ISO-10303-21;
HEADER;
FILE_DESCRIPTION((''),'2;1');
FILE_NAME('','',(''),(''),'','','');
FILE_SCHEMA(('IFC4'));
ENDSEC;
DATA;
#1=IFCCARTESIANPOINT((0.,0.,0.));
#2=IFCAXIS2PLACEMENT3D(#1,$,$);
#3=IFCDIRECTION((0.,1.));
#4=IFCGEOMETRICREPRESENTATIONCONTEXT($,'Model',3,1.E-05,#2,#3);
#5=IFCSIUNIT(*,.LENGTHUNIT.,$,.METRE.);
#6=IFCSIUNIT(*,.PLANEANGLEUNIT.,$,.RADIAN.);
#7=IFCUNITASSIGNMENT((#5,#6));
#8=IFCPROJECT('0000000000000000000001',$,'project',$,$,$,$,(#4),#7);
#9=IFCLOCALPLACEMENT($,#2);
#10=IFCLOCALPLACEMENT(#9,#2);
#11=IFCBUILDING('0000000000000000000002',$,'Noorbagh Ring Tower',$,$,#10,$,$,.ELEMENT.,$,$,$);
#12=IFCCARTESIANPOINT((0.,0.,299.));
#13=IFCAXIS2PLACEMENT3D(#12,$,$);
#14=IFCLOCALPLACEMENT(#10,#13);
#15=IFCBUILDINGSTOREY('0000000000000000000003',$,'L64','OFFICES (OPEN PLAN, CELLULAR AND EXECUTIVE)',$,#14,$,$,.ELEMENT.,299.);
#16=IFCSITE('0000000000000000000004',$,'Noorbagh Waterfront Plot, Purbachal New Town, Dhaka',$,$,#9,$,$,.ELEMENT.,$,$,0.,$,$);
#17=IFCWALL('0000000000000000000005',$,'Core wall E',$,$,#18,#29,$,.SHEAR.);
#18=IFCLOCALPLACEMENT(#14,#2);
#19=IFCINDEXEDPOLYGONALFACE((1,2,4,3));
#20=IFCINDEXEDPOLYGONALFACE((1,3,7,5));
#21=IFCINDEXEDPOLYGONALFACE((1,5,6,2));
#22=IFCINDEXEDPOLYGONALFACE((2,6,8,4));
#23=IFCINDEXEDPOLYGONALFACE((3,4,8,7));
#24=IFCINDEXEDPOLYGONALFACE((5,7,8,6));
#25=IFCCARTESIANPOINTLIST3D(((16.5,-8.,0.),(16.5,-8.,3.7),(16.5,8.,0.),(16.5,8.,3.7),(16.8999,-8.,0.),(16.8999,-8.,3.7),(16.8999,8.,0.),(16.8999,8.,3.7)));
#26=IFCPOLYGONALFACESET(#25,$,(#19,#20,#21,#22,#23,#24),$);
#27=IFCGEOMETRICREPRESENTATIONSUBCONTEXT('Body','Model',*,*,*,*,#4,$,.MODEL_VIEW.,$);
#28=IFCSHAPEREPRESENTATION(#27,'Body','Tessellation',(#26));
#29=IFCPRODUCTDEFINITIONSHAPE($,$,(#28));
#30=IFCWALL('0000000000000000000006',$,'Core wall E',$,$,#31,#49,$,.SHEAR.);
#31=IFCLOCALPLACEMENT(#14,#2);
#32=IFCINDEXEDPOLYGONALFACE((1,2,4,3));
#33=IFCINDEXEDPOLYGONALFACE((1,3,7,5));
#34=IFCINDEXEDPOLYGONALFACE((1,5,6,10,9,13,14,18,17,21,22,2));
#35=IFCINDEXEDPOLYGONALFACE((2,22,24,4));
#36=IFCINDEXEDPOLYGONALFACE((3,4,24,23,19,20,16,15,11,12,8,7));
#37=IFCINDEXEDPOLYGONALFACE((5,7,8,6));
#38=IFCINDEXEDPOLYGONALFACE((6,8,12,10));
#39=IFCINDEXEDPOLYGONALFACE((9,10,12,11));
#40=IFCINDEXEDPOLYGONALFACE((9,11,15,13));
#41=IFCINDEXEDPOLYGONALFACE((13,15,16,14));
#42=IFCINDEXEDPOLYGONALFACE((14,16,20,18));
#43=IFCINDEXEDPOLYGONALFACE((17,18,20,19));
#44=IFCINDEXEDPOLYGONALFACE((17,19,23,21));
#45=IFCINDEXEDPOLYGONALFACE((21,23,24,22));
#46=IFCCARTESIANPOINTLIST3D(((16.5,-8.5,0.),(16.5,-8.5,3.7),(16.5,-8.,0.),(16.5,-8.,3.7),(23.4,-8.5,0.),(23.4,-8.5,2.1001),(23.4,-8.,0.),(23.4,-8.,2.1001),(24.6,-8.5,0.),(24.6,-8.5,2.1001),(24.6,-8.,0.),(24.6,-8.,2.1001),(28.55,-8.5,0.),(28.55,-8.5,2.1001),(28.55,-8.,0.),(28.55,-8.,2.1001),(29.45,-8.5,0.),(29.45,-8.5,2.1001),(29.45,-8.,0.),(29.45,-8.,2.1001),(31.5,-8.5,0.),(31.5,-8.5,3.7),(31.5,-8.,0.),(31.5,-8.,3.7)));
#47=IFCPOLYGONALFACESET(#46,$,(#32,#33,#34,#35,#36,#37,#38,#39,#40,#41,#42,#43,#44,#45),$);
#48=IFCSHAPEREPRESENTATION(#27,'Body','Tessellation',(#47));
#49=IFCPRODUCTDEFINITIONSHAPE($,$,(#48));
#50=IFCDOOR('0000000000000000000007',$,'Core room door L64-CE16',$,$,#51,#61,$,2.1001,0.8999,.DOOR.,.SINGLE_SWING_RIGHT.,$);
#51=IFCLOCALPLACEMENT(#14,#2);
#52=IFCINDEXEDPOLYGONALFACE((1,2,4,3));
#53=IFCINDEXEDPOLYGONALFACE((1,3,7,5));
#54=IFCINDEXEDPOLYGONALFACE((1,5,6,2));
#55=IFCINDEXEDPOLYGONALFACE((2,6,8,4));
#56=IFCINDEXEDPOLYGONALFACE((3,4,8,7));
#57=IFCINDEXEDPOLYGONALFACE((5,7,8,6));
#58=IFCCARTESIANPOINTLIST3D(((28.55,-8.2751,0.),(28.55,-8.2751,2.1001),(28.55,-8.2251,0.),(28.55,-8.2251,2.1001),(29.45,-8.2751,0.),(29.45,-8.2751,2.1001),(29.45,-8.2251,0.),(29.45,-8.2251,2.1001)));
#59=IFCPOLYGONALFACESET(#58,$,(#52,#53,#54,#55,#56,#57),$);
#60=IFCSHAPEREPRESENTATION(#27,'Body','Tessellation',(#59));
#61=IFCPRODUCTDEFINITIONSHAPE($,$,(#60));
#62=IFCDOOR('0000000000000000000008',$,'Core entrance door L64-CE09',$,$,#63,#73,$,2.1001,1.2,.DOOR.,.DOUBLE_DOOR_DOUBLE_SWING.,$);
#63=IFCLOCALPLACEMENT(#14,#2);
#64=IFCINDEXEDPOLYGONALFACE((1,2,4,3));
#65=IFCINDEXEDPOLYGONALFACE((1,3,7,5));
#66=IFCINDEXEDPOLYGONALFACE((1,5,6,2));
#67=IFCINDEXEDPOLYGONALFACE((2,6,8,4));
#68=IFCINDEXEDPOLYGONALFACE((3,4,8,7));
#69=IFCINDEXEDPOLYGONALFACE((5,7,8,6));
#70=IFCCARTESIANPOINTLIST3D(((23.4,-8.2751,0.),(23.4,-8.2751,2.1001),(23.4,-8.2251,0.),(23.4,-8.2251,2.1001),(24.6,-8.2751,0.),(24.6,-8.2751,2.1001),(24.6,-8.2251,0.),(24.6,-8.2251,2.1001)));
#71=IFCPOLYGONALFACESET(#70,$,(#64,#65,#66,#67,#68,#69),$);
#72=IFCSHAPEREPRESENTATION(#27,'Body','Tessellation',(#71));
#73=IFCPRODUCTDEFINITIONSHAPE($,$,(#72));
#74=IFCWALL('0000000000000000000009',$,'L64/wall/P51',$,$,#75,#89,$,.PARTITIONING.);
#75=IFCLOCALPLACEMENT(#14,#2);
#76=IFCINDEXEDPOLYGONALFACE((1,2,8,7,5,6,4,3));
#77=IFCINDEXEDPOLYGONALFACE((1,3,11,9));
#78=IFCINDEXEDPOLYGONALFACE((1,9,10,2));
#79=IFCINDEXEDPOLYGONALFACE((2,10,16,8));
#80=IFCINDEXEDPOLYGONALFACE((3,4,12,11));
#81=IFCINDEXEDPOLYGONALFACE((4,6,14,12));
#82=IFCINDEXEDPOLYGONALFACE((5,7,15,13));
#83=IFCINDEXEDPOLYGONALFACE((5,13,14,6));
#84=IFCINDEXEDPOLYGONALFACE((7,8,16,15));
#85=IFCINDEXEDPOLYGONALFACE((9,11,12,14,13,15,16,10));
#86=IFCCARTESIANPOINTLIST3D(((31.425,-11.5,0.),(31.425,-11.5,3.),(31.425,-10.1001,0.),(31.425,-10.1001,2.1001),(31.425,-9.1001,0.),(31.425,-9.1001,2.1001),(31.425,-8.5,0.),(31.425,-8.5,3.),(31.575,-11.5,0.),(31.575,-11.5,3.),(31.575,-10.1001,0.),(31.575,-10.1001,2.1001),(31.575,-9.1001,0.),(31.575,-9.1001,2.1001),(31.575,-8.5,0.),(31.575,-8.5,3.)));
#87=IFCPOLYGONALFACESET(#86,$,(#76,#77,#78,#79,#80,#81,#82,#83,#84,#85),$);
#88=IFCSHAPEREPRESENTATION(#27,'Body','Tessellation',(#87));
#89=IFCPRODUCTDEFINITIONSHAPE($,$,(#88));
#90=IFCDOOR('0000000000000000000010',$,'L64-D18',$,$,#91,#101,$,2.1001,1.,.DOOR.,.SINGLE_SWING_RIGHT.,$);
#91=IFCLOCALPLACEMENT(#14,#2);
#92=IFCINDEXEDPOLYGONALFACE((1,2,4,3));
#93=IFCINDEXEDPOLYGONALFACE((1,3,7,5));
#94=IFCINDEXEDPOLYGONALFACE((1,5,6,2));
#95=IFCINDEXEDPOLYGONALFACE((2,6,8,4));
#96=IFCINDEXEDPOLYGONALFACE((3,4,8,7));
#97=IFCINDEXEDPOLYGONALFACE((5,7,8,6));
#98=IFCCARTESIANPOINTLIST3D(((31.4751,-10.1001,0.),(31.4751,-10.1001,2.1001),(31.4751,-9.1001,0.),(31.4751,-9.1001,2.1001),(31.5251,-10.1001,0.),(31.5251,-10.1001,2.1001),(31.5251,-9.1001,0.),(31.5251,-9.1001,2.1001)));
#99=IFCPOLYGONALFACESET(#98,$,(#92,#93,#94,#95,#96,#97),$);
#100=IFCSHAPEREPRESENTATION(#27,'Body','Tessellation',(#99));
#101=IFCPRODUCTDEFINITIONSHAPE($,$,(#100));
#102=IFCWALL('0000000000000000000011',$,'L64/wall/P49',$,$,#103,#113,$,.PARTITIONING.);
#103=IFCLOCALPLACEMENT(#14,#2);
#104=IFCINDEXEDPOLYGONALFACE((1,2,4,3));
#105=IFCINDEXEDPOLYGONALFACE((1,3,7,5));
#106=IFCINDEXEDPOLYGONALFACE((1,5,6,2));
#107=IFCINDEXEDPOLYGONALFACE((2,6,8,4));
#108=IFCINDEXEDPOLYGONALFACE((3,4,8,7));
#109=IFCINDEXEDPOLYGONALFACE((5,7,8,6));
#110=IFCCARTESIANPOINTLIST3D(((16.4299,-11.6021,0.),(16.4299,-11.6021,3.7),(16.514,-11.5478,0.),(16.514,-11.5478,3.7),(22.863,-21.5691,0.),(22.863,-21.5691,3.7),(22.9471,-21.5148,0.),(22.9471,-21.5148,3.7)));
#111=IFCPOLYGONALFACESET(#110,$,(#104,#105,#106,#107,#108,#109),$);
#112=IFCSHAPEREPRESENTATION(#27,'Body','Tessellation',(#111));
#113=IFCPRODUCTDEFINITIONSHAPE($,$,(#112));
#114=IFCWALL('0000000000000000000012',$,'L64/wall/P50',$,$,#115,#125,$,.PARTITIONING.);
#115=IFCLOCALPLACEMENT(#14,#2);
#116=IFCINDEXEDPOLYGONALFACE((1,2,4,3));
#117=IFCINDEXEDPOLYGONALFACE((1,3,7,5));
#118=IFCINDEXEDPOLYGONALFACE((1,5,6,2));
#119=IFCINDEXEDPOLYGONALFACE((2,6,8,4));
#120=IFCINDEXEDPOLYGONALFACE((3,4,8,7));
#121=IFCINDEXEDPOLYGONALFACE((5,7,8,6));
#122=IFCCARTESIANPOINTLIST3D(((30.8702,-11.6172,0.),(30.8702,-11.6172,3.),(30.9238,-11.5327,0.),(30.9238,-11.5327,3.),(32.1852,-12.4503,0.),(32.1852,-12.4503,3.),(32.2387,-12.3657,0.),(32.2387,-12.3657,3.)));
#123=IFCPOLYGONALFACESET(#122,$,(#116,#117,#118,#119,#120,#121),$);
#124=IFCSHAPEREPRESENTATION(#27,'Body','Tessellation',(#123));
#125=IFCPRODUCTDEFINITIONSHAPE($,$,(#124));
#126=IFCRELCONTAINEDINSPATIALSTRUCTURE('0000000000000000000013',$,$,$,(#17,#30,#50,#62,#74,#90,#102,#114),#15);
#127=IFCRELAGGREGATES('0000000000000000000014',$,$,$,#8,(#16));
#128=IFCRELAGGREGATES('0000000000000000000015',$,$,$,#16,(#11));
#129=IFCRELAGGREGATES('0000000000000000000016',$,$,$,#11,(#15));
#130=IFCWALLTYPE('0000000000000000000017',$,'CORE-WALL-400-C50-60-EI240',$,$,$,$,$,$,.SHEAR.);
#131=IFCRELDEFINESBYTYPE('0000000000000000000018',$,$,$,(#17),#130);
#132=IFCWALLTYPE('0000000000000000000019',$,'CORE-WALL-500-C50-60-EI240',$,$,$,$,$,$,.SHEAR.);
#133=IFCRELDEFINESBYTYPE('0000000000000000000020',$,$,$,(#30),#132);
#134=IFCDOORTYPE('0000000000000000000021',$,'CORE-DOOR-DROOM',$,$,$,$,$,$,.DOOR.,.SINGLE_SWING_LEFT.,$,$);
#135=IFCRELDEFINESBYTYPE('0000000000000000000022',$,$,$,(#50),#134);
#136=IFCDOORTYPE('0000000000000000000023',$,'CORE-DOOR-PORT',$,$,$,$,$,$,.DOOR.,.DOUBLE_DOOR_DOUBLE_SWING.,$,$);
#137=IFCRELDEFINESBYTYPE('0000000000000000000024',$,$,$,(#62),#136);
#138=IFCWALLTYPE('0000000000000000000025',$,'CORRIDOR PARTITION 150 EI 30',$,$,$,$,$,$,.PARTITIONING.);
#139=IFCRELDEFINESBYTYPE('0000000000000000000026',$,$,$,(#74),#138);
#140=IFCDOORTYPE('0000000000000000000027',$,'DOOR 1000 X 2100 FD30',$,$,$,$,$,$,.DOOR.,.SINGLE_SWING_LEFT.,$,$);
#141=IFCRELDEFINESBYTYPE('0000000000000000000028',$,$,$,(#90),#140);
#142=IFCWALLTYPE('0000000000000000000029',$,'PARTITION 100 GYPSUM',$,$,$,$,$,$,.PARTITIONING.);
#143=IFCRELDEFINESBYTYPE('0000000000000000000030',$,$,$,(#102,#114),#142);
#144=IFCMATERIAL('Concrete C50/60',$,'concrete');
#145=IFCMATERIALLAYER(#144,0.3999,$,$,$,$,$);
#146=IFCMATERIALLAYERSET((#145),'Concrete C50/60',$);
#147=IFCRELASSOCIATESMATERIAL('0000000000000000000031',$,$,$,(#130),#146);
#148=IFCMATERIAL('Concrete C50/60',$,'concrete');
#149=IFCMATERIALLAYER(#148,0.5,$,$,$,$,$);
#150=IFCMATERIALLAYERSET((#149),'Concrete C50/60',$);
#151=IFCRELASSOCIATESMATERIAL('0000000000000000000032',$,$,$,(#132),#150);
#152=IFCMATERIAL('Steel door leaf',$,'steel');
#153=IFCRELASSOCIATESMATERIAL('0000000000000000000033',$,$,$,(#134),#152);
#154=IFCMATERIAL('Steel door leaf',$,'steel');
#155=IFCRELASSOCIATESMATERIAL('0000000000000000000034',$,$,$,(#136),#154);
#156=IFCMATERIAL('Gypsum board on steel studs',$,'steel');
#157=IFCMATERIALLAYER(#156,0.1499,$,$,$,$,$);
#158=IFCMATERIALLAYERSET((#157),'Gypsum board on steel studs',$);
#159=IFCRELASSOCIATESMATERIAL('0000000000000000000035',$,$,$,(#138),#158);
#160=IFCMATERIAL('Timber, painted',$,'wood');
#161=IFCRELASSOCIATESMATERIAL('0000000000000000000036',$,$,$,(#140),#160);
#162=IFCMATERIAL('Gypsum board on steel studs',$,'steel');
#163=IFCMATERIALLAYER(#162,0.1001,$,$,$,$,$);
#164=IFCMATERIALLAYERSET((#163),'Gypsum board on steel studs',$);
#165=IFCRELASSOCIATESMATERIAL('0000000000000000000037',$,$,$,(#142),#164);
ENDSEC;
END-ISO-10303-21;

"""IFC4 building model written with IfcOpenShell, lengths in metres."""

from ifc_helpers import new_model, si_unit, direction, frame, frame_2d, origin, place, context, subcontext, project, spatial, rectangle, extrude, material, layer, layer_set, type_object, element, fill, save


model = new_model("IFC4")

# Units and contexts
model_context = context("Model", 3, precision=1e-05, world=origin(), true_north=direction((0.0, 1.0)))
body_context = subcontext(model_context, "Body", "Model", "MODEL_VIEW")
ifc_project = project(units=[si_unit("LENGTHUNIT", "METRE"), si_unit("PLANEANGLEUNIT", "RADIAN")], contexts=[model_context])

# Site, building, storey
site_placement = place(None, origin())
site = spatial("IfcSite", under=ifc_project, at=site_placement, Name="Noorbagh Waterfront Plot, Purbachal New Town, Dhaka", CompositionType="ELEMENT", RefElevation=0.0)
building_placement = place(site_placement, origin())
building = spatial("IfcBuilding", under=site, at=building_placement, Name="Noorbagh Ring Tower", CompositionType="ELEMENT")
storey_placement = place(building_placement, frame((0.0, 0.0, 299.0)))
storey = spatial("IfcBuildingStorey", under=building, at=storey_placement, Name="L64", Description="OFFICES (OPEN PLAN, CELLULAR AND EXECUTIVE)", CompositionType="ELEMENT", Elevation=299.0)

# Wall
ifc_material_1 = material(Name="Concrete C50/60", Category="concrete")
ifc_layer_1 = layer(ifc_material_1, 0.3999)
ifc_layer_set_1 = layer_set([ifc_layer_1], Name="Concrete C50/60")
wall_type_1 = type_object("IfcWallType", Name="CORE-WALL-400-C50-60-EI240", PredefinedType="SHEAR", material=ifc_layer_set_1)
wall_1_placement = place(storey_placement, frame((16.7, -8.0, 0.0), z_axis=(0.0, 0.0, 1.0), x_axis=(0.0, 1.0, 0.0)))
element("IfcWall", 1, at=wall_1_placement, inside=storey, type_object=wall_type_1, Name="Core wall E", PredefinedType="SHEAR", context=body_context, shape_type="SweptSolid", body=[
    extrude(rectangle(XDim=16.0, YDim=0.3999, at=frame_2d((8.0, 0.0))), origin(), (0.0, 0.0, 1.0), 3.7),
])

# Wall, openings, doors
ifc_material_2 = material(Name="Concrete C50/60", Category="concrete")
ifc_layer_2 = layer(ifc_material_2, 0.5)
ifc_layer_set_2 = layer_set([ifc_layer_2], Name="Concrete C50/60")
wall_type_2 = type_object("IfcWallType", Name="CORE-WALL-500-C50-60-EI240", PredefinedType="SHEAR", material=ifc_layer_set_2)
wall_2_placement = place(storey_placement, frame((16.5, -8.25, 0.0), z_axis=(0.0, 0.0, 1.0), x_axis=(1.0, 0.0, 0.0)))
wall_2 = element("IfcWall", 2, at=wall_2_placement, inside=storey, type_object=wall_type_2, Name="Core wall E", PredefinedType="SHEAR", context=body_context, shape_type="SweptSolid", body=[
    extrude(rectangle(XDim=15.0, YDim=0.5, at=frame_2d((7.5, 0.0))), origin(), (0.0, 0.0, 1.0), 3.7),
])
opening_1_placement = place(wall_2_placement, frame((6.8999, 0.0, 0.0)))
opening_1 = element("IfcOpeningElement", 3, at=opening_1_placement, cuts=wall_2, PredefinedType="OPENING", context=body_context, shape_type="SweptSolid", body=[
    extrude(rectangle(XDim=1.2, YDim=2.1001, at=frame_2d((0.6001, 1.05))), frame((0.0, 0.26, 0.0), z_axis=(0.0, -1.0, 0.0), x_axis=(1.0, 0.0, 0.0)), (0.0, 0.0, 1.0), 0.52),
])
opening_2_placement = place(wall_2_placement, frame((12.05, 0.0, 0.0)))
opening_2 = element("IfcOpeningElement", 4, at=opening_2_placement, cuts=wall_2, PredefinedType="OPENING", context=body_context, shape_type="SweptSolid", body=[
    extrude(rectangle(XDim=0.8999, YDim=2.1001, at=frame_2d((0.45, 1.05))), frame((0.0, 0.26, 0.0), z_axis=(0.0, -1.0, 0.0), x_axis=(1.0, 0.0, 0.0)), (0.0, 0.0, 1.0), 0.52),
])
ifc_material_3 = material(Name="Steel door leaf", Category="steel")
door_type_1 = type_object("IfcDoorType", Name="CORE-DOOR-DROOM", OperationType="SINGLE_SWING_LEFT", PredefinedType="DOOR", material=ifc_material_3)
door_1_placement = place(opening_2_placement, origin())
door_1 = element("IfcDoor", 5, at=door_1_placement, inside=storey, type_object=door_type_1, Name="Core room door L64-CE16", OperationType="SINGLE_SWING_RIGHT", OverallHeight=2.1001, OverallWidth=0.8999, PredefinedType="DOOR", context=body_context, shape_type="SweptSolid", body=[
    extrude(rectangle(XDim=0.8999, YDim=2.1001, at=frame_2d((0.45, 1.05))), frame((0.0, 0.0249, 0.0), z_axis=(0.0, -1.0, 0.0), x_axis=(1.0, 0.0, 0.0)), (0.0, 0.0, 1.0), 0.05),
])
fill(opening_2, door_1)
ifc_material_4 = material(Name="Steel door leaf", Category="steel")
door_type_2 = type_object("IfcDoorType", Name="CORE-DOOR-PORT", OperationType="DOUBLE_DOOR_DOUBLE_SWING", PredefinedType="DOOR", material=ifc_material_4)
door_2_placement = place(opening_1_placement, origin())
door_2 = element("IfcDoor", 6, at=door_2_placement, inside=storey, type_object=door_type_2, Name="Core entrance door L64-CE09", OperationType="DOUBLE_DOOR_DOUBLE_SWING", OverallHeight=2.1001, OverallWidth=1.2, PredefinedType="DOOR", context=body_context, shape_type="SweptSolid", body=[
    extrude(rectangle(XDim=1.2, YDim=2.1001, at=frame_2d((0.6001, 1.05))), frame((0.0, 0.0249, 0.0), z_axis=(0.0, -1.0, 0.0), x_axis=(1.0, 0.0, 0.0)), (0.0, 0.0, 1.0), 0.05),
])
fill(opening_1, door_2)

# Wall, opening, door
ifc_material_5 = material(Name="Gypsum board on steel studs", Category="steel")
ifc_layer_3 = layer(ifc_material_5, 0.1499)
ifc_layer_set_3 = layer_set([ifc_layer_3], Name="Gypsum board on steel studs")
wall_type_3 = type_object("IfcWallType", Name="CORRIDOR PARTITION 150 EI 30", PredefinedType="PARTITIONING", material=ifc_layer_set_3)
wall_3_placement = place(storey_placement, frame((31.5, -11.5, 0.0), z_axis=(0.0, 0.0, 1.0), x_axis=(0.0, 1.0, 0.0)))
wall_3 = element("IfcWall", 7, at=wall_3_placement, inside=storey, type_object=wall_type_3, Name="L64/wall/P51", PredefinedType="PARTITIONING", context=body_context, shape_type="SweptSolid", body=[
    extrude(rectangle(XDim=3.0, YDim=0.1499, at=frame_2d((1.5, 0.0))), origin(), (0.0, 0.0, 1.0), 3.0),
])
opening_3_placement = place(wall_3_placement, frame((1.3999, 0.0, 0.0)))
opening_3 = element("IfcOpeningElement", 8, at=opening_3_placement, cuts=wall_3, PredefinedType="OPENING", context=body_context, shape_type="SweptSolid", body=[
    extrude(rectangle(XDim=1.0, YDim=2.1001, at=frame_2d((0.5, 1.05))), frame((0.0, 0.085, 0.0), z_axis=(0.0, -1.0, 0.0), x_axis=(1.0, 0.0, 0.0)), (0.0, 0.0, 1.0), 0.1699),
])
ifc_material_6 = material(Name="Timber, painted", Category="wood")
door_type_3 = type_object("IfcDoorType", Name="DOOR 1000 X 2100 FD30", OperationType="SINGLE_SWING_LEFT", PredefinedType="DOOR", material=ifc_material_6)
door_3_placement = place(opening_3_placement, origin())
door_3 = element("IfcDoor", 9, at=door_3_placement, inside=storey, type_object=door_type_3, Name="L64-D18", OperationType="SINGLE_SWING_RIGHT", OverallHeight=2.1001, OverallWidth=1.0, PredefinedType="DOOR", context=body_context, shape_type="SweptSolid", body=[
    extrude(rectangle(XDim=1.0, YDim=2.1001, at=frame_2d((0.5, 1.05))), frame((0.0, 0.0249, 0.0), z_axis=(0.0, -1.0, 0.0), x_axis=(1.0, 0.0, 0.0)), (0.0, 0.0, 1.0), 0.05),
])
fill(opening_3, door_3)

# Walls
ifc_material_7 = material(Name="Gypsum board on steel studs", Category="steel")
ifc_layer_4 = layer(ifc_material_7, 0.1001)
ifc_layer_set_4 = layer_set([ifc_layer_4], Name="Gypsum board on steel studs")
wall_type_4 = type_object("IfcWallType", Name="PARTITION 100 GYPSUM", PredefinedType="PARTITIONING", material=ifc_layer_set_4)
wall_4_placement = place(storey_placement, frame((16.4719, -11.575, 0.0), z_axis=(0.0, 0.0, 1.0), x_axis=(0.542291, -0.840191, 0.0)))
element("IfcWall", 10, at=wall_4_placement, inside=storey, type_object=wall_type_4, Name="L64/wall/P49", PredefinedType="PARTITIONING", context=body_context, shape_type="SweptSolid", body=[
    extrude(rectangle(XDim=11.8628, YDim=0.1001, at=frame_2d((5.9314, 0.0))), origin(), (0.0, 0.0, 1.0), 3.7),
])
wall_5_placement = place(storey_placement, frame((30.897, -11.575, 0.0), z_axis=(0.0, 0.0, 1.0), x_axis=(0.844758, -0.535149, 0.0)))
element("IfcWall", 11, at=wall_5_placement, inside=storey, type_object=wall_type_4, Name="L64/wall/P50", PredefinedType="PARTITIONING", context=body_context, shape_type="SweptSolid", body=[
    extrude(rectangle(XDim=1.5566, YDim=0.1001, at=frame_2d((0.7783, 0.0))), origin(), (0.0, 0.0, 1.0), 3.0),
])

save(model, "model.ifc")
